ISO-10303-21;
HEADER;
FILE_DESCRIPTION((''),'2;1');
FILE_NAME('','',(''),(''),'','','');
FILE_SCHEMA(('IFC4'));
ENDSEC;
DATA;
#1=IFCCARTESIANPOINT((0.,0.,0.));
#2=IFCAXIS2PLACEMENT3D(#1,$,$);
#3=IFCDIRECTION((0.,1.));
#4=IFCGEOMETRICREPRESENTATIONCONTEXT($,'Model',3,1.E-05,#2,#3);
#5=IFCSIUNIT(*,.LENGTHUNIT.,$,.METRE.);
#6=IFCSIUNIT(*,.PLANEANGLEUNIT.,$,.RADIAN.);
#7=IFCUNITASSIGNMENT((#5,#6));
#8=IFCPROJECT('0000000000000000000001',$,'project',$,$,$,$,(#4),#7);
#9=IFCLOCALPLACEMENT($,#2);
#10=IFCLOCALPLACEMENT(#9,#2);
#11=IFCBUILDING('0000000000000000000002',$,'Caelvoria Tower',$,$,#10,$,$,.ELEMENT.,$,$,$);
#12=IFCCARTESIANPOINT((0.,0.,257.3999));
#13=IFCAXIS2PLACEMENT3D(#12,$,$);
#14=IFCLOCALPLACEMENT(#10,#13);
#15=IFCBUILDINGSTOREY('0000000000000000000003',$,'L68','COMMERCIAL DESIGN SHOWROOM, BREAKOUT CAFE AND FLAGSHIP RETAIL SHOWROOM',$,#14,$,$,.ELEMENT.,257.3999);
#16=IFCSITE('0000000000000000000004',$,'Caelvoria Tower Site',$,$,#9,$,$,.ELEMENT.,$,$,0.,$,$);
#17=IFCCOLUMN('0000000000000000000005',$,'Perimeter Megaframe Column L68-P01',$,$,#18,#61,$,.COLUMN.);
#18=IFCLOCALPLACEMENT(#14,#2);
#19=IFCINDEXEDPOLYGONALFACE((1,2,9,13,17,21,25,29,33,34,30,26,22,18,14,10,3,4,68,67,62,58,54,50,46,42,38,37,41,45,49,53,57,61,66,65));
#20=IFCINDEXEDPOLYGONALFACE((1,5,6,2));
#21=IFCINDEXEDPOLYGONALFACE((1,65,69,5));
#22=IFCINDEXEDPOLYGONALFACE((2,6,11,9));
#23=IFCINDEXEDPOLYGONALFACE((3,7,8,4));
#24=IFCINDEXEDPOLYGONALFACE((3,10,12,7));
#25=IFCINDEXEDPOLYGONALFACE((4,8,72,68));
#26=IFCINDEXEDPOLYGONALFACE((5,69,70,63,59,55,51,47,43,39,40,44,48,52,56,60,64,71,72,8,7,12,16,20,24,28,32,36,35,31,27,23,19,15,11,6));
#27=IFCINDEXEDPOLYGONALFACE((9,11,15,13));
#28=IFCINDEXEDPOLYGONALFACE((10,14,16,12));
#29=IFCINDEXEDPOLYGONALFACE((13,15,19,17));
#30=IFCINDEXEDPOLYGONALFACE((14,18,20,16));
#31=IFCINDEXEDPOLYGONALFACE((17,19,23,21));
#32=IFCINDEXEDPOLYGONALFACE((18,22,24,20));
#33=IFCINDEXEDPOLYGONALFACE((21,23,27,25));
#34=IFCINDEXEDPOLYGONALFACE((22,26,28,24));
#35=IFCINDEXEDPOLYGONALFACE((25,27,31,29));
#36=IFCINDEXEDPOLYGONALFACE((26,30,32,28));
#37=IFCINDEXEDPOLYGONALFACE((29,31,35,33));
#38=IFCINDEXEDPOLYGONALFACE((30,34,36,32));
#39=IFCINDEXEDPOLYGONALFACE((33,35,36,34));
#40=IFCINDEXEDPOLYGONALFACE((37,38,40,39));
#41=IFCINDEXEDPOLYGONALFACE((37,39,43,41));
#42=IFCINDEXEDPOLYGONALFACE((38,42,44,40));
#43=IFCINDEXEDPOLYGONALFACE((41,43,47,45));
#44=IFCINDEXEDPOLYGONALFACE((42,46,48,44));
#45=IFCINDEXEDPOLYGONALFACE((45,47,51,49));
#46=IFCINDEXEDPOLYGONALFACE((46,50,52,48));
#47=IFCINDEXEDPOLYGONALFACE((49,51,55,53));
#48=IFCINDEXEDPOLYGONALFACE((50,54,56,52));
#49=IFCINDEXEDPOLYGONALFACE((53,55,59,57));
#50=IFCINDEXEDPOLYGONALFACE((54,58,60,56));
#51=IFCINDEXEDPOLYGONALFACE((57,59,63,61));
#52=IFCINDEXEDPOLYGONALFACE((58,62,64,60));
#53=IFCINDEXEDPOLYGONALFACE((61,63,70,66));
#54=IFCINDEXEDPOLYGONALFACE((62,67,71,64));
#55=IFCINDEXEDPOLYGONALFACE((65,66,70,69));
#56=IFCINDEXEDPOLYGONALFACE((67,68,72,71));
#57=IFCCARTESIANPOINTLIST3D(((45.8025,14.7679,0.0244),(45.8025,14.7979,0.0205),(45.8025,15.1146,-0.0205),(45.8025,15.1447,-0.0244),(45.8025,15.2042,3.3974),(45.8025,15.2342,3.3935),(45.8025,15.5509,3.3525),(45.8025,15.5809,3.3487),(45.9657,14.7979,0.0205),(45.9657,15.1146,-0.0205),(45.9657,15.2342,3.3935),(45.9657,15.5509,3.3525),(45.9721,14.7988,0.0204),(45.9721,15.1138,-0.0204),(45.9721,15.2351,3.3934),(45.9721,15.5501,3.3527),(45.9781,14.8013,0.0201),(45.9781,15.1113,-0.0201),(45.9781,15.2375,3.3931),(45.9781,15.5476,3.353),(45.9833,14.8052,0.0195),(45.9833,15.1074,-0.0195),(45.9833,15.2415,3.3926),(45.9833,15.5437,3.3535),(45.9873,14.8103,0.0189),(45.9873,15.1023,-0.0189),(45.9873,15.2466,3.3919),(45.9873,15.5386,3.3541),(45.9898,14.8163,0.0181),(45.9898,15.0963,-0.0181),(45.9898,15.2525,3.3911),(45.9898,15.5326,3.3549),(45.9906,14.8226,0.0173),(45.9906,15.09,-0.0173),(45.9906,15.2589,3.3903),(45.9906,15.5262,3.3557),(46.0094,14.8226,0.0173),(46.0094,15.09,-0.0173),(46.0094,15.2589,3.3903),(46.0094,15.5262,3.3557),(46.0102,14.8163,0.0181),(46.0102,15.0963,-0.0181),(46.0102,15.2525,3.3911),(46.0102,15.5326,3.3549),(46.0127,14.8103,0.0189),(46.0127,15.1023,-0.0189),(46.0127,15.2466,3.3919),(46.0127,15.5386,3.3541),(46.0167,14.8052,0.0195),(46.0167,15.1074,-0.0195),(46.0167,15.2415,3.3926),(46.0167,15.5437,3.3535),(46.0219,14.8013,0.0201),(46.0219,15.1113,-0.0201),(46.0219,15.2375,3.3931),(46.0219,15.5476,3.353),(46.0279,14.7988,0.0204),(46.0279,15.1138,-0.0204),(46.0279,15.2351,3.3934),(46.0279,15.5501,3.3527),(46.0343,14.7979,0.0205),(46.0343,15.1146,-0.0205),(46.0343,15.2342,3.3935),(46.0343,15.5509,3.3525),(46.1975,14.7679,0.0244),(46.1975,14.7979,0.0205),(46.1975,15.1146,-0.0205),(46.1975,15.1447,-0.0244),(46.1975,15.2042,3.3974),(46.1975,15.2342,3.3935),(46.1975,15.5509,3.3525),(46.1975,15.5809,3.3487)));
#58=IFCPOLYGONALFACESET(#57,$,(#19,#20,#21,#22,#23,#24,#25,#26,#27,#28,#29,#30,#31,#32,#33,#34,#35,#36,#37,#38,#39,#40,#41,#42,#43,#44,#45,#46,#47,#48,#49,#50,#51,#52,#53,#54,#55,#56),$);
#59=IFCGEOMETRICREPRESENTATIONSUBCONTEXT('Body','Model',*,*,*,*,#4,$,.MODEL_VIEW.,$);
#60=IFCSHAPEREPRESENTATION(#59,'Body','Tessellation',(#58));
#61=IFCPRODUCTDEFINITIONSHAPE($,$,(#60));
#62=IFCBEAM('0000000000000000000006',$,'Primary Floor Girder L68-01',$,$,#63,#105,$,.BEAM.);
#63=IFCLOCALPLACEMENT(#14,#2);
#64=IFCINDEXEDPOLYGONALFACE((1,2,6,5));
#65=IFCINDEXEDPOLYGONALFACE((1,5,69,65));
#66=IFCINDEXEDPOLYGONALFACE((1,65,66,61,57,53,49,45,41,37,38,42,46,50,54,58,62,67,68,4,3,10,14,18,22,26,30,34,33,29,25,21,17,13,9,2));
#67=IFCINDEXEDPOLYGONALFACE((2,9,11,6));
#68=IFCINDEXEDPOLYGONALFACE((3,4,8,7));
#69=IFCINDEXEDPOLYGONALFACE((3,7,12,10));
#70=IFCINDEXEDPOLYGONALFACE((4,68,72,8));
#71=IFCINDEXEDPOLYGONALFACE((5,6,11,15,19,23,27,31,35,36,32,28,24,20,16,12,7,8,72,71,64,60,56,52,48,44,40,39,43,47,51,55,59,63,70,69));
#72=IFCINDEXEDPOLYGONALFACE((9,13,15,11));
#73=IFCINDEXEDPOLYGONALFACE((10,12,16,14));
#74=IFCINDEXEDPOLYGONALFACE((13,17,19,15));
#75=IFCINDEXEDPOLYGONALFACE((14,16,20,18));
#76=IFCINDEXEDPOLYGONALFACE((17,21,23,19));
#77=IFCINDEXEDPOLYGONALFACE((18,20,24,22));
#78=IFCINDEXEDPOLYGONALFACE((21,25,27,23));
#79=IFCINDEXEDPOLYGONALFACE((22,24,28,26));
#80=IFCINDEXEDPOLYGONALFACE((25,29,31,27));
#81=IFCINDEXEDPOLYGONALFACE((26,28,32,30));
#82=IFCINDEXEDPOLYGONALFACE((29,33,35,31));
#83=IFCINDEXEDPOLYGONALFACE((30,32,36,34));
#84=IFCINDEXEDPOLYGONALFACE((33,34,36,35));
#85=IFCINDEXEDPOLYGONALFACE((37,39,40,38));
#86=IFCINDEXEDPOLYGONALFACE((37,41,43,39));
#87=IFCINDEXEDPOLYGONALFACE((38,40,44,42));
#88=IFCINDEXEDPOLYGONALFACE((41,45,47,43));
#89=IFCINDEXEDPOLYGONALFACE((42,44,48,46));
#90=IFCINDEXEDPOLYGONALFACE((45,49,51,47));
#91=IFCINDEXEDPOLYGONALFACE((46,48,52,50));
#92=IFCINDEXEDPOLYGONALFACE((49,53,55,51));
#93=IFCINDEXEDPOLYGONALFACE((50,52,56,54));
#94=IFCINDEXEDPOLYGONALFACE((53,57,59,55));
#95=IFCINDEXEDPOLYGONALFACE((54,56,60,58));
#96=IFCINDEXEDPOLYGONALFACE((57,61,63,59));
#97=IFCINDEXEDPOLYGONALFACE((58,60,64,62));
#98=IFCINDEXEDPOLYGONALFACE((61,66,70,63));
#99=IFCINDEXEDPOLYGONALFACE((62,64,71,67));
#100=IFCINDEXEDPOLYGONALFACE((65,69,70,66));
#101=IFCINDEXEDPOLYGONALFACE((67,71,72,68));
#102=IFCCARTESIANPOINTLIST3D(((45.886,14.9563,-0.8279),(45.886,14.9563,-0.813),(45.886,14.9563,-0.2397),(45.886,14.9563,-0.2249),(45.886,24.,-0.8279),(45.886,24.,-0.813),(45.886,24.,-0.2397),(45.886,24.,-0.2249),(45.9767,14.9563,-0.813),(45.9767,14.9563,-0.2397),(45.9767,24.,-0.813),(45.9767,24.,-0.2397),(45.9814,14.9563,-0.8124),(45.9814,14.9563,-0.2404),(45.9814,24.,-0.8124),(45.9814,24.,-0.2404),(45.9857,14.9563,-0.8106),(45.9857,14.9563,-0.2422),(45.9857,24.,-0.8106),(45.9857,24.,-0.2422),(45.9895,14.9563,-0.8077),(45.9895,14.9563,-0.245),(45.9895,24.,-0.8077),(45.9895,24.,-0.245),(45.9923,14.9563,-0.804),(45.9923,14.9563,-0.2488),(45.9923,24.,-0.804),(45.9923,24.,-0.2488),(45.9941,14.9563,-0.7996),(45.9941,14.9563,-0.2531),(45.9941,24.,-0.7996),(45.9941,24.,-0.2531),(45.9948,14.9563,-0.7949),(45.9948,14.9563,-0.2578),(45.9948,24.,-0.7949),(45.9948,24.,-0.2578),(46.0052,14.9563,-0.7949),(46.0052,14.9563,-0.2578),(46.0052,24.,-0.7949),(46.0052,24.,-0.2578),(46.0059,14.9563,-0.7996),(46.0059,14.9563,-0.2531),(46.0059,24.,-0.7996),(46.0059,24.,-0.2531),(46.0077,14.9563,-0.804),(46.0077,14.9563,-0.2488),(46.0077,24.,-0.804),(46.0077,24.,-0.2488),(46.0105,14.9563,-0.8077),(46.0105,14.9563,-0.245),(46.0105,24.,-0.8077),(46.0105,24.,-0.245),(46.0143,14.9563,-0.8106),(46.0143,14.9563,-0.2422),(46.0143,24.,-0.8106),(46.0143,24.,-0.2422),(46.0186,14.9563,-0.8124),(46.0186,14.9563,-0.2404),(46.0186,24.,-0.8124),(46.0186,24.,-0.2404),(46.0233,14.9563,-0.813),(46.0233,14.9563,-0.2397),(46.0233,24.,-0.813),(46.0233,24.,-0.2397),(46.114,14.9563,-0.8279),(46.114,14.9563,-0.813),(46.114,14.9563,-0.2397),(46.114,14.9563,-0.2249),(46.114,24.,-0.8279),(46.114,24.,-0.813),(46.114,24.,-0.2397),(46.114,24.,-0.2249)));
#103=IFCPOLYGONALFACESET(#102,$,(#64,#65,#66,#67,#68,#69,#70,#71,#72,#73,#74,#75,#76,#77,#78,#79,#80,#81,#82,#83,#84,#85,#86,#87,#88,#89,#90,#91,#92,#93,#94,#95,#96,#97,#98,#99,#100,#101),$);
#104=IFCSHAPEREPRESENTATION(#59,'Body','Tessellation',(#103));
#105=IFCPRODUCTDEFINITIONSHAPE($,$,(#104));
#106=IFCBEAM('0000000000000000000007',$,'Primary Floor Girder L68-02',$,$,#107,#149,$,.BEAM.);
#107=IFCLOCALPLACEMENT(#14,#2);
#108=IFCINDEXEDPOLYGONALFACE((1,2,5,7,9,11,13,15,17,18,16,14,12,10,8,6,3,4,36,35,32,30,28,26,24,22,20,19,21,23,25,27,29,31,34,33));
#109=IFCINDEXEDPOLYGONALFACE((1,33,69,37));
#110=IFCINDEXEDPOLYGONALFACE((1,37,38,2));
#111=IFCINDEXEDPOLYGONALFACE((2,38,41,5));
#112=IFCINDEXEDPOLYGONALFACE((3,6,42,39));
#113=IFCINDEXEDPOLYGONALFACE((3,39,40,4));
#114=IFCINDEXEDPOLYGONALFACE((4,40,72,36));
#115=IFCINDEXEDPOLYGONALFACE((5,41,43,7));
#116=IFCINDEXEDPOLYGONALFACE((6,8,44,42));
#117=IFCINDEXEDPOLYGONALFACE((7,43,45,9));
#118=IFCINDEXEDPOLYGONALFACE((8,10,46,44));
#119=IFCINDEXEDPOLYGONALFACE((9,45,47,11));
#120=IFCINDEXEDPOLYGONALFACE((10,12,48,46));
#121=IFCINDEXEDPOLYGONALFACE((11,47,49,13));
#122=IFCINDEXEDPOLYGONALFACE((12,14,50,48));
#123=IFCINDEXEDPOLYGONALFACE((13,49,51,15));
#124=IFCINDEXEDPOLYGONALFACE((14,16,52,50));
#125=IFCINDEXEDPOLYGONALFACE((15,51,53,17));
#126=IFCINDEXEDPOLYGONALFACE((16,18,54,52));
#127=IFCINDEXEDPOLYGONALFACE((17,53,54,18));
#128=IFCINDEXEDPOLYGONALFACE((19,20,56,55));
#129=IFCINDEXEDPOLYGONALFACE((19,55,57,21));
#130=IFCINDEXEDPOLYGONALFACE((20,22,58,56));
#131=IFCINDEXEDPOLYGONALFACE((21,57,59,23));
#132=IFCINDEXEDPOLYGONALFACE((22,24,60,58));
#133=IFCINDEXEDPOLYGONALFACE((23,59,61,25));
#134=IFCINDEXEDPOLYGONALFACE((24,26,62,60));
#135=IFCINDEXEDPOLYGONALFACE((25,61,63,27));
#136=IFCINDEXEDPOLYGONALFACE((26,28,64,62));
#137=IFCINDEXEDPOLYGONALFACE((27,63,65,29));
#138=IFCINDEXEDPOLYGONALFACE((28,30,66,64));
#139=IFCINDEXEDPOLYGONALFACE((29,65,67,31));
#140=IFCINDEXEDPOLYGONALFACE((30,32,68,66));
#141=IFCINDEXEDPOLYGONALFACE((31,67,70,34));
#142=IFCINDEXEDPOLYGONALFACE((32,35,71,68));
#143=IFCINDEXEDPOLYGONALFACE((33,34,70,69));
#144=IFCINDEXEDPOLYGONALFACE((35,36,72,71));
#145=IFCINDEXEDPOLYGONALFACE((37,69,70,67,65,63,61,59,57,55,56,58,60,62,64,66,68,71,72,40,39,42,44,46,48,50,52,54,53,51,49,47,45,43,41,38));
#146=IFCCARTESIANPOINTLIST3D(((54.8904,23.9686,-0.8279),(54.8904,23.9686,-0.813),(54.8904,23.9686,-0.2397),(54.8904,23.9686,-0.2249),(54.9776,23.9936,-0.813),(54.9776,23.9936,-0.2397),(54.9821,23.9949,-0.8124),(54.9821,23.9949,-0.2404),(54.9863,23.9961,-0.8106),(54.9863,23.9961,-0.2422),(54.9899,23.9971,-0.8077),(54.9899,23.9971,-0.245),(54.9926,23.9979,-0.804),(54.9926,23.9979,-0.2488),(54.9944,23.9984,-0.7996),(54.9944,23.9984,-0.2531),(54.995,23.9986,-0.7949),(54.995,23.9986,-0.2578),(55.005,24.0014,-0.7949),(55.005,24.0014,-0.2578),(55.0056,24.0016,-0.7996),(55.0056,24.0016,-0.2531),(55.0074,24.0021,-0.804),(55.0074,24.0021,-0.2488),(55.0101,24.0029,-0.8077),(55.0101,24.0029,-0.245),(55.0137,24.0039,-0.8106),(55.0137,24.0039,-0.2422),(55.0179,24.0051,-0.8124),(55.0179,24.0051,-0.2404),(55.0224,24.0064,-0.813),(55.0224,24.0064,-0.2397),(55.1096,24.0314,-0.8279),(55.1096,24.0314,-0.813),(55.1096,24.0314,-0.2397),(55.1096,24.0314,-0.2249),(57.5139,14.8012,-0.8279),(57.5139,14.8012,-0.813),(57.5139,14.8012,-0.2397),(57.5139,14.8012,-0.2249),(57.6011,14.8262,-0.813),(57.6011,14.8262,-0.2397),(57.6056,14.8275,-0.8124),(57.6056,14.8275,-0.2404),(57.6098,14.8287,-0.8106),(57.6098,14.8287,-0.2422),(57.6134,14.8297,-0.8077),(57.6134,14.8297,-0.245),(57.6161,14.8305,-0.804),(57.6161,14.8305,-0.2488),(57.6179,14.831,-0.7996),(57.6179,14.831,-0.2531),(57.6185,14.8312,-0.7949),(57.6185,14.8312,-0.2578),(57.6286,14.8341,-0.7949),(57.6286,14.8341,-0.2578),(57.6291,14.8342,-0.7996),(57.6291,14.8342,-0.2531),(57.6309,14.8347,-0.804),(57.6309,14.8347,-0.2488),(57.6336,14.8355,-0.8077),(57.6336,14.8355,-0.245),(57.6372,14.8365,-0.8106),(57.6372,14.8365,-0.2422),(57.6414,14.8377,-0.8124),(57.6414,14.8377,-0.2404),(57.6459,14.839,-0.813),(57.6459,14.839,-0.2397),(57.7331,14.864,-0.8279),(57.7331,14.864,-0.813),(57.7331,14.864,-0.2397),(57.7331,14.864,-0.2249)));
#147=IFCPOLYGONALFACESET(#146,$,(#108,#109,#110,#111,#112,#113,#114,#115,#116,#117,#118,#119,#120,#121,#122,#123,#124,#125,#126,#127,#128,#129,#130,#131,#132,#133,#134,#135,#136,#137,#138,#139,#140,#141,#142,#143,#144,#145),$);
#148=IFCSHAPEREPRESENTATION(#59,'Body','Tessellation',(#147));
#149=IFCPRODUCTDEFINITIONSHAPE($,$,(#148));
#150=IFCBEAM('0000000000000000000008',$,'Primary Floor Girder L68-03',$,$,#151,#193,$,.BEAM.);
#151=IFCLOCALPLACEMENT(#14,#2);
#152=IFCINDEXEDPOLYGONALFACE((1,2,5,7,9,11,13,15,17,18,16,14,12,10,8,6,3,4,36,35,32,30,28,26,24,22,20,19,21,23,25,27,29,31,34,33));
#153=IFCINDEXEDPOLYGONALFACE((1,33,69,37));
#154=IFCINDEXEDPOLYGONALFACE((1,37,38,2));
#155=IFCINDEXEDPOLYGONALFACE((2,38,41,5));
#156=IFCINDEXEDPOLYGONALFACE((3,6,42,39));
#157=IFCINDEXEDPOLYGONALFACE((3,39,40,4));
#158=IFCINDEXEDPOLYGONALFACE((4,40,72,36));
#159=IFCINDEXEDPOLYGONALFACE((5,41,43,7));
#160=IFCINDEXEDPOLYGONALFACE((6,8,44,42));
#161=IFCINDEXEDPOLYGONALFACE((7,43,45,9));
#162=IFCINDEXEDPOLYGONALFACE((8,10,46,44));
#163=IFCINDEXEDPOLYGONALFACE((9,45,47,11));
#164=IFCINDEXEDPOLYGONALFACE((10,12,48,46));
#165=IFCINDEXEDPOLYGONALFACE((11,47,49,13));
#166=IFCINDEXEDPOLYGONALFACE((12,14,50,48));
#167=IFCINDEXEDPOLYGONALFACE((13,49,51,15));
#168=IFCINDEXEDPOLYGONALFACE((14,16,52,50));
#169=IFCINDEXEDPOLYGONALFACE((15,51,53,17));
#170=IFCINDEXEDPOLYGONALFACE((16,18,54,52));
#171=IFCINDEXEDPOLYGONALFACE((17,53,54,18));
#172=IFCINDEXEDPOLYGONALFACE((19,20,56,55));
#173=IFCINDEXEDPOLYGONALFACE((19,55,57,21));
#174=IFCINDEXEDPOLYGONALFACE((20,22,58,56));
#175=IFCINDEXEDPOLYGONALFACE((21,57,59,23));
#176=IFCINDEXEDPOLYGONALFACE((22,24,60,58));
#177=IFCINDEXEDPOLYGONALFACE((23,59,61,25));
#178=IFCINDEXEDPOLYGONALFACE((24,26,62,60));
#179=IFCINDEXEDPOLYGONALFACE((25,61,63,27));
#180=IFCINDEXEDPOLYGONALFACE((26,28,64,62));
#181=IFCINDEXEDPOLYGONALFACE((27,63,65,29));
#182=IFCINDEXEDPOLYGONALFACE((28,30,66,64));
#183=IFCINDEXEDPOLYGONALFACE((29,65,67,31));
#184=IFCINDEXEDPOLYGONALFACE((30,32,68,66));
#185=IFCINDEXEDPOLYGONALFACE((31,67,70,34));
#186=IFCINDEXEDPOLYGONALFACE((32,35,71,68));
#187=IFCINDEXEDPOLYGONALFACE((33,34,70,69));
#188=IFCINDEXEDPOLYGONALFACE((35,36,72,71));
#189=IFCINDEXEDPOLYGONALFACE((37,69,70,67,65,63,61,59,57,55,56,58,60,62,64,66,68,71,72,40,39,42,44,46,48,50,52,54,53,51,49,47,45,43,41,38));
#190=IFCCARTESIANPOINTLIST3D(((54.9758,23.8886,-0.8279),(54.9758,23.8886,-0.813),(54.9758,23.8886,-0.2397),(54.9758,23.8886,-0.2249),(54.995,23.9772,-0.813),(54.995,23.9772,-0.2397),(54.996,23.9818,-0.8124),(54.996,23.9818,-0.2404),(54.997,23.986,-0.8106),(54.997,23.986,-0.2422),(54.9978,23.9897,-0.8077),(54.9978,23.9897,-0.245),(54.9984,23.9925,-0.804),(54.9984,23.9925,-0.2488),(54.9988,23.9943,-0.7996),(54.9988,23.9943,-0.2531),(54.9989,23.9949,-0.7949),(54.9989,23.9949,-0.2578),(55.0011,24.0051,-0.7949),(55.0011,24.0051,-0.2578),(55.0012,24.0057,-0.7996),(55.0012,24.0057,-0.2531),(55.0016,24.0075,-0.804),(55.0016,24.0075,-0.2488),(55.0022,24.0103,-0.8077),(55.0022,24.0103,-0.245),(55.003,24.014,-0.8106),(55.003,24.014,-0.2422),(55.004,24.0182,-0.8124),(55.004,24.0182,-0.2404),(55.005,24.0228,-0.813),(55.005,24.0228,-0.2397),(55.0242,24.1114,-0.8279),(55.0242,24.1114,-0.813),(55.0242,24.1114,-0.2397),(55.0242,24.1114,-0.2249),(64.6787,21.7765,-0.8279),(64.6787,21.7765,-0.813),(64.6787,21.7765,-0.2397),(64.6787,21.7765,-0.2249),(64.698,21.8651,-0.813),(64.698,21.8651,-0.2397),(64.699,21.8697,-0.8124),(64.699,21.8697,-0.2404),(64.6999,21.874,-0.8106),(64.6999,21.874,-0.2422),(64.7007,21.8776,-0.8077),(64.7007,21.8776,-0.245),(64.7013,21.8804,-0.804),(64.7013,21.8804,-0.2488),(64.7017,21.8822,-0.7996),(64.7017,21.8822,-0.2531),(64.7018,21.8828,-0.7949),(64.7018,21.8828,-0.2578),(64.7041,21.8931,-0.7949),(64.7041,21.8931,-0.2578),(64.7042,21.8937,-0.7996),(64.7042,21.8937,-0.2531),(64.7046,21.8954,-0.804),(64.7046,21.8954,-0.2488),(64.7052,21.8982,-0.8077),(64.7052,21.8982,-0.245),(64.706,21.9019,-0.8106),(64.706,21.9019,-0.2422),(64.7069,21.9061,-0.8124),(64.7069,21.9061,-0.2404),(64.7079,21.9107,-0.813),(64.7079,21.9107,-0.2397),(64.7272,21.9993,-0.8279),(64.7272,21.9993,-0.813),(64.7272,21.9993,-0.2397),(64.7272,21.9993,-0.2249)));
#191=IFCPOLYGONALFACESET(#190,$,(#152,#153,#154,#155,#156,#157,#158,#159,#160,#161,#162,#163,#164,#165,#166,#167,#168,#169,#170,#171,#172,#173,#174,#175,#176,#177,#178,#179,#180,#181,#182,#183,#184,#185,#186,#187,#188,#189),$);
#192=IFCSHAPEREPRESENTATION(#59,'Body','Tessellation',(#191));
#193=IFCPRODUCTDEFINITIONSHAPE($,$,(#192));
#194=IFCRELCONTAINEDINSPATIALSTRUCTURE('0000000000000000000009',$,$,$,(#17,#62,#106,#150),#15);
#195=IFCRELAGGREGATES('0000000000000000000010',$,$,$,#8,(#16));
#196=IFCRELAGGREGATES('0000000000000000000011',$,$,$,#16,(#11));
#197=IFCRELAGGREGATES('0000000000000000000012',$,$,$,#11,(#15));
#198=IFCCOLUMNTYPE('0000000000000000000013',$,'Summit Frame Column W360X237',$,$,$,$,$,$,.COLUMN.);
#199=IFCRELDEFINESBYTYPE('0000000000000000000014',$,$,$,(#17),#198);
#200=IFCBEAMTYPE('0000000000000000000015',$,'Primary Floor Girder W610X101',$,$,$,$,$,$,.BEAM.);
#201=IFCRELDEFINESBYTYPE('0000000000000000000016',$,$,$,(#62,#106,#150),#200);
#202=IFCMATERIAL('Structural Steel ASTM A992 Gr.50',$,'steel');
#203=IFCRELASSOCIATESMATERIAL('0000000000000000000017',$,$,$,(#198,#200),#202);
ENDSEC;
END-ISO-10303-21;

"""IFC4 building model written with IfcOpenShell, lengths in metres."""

from ifc_helpers import new_model, si_unit, direction, frame, origin, origin_2d, place, context, subcontext, project, spatial, i_section, extrude, material, material_profile, profile_set, type_object, element, save


model = new_model("IFC4")

# Units and contexts
model_context = context("Model", 3, precision=1e-05, world=origin(), true_north=direction((0.0, 1.0)))
body_context = subcontext(model_context, "Body", "Model", "MODEL_VIEW")
ifc_project = project(units=[si_unit("LENGTHUNIT", "METRE"), si_unit("PLANEANGLEUNIT", "RADIAN")], contexts=[model_context])

# Site, building, storey
site_placement = place(None, origin())
site = spatial("IfcSite", under=ifc_project, at=site_placement, Name="Caelvoria Tower Site", CompositionType="ELEMENT", RefElevation=0.0)
building_placement = place(site_placement, origin())
building = spatial("IfcBuilding", under=site, at=building_placement, Name="Caelvoria Tower", CompositionType="ELEMENT")
storey_placement = place(building_placement, frame((0.0, 0.0, 257.3999)))
storey = spatial("IfcBuildingStorey", under=building, at=storey_placement, Name="L68", Description="COMMERCIAL DESIGN SHOWROOM, BREAKOUT CAFE AND FLAGSHIP RETAIL SHOWROOM", CompositionType="ELEMENT", Elevation=257.3999)

# Column
ifc_material_1 = material(Name="Structural Steel ASTM A992 Gr.50", Category="steel")
ifc_material_profile_1 = material_profile(ifc_material_1, i_section(OverallWidth=0.395, OverallDepth=0.3799, WebThickness=0.0188, FlangeThickness=0.0303, FilletRadius=0.0249, at=origin_2d()), Name="Structural Steel ASTM A992 Gr.50")
ifc_profile_set_1 = profile_set([ifc_material_profile_1], Name="W360X237 - Structural Steel ASTM A992 Gr.50")
column_type = type_object("IfcColumnType", Name="Summit Frame Column W360X237", PredefinedType="COLUMN", material=ifc_profile_set_1)
column_placement = place(storey_placement, frame((46.0, 14.9563, 0.0), z_axis=(0.0, 0.128274, 0.991739), x_axis=(-1.0, 0.0, 0.0)))
element("IfcColumn", 1, at=column_placement, inside=storey, type_object=column_type, Name="Perimeter Megaframe Column L68-P01", PredefinedType="COLUMN", context=body_context, shape_type="SweptSolid", body=[
    extrude(i_section(OverallWidth=0.395, OverallDepth=0.3799, WebThickness=0.0188, FlangeThickness=0.0303, FilletRadius=0.0249, at=origin_2d()), origin(), (0.0, 0.0, 1.0), 3.4011),
])

# Beams
ifc_material_profile_2 = material_profile(ifc_material_1, i_section(OverallWidth=0.228, OverallDepth=0.603, WebThickness=0.0105, FlangeThickness=0.0149, FilletRadius=0.0181, at=origin_2d()), Name="Structural Steel ASTM A992 Gr.50")
ifc_profile_set_2 = profile_set([ifc_material_profile_2], Name="W610X101 - Structural Steel ASTM A992 Gr.50")
beam_type_1 = type_object("IfcBeamType", Name="Primary Floor Girder W610X101", PredefinedType="BEAM", material=ifc_profile_set_2)
beam_1_placement = place(storey_placement, frame((46.0, 24.0, -0.5264), z_axis=(0.0, -1.0, 0.0), x_axis=(1.0, 0.0, 0.0)))
element("IfcBeam", 2, at=beam_1_placement, inside=storey, type_object=beam_type_1, Name="Primary Floor Girder L68-01", PredefinedType="BEAM", context=body_context, shape_type="SweptSolid", body=[
    extrude(i_section(OverallWidth=0.228, OverallDepth=0.603, WebThickness=0.0105, FlangeThickness=0.0149, FilletRadius=0.0181, at=origin_2d()), origin(), (0.0, 0.0, 1.0), 9.0437),
])
beam_2_placement = place(storey_placement, frame((55.0, 24.0, -0.5264), z_axis=(0.275134, -0.961406, 0.0), x_axis=(0.961406, 0.275134, 0.0)))
element("IfcBeam", 3, at=beam_2_placement, inside=storey, type_object=beam_type_1, Name="Primary Floor Girder L68-02", PredefinedType="BEAM", context=body_context, shape_type="SweptSolid", body=[
    extrude(i_section(OverallWidth=0.228, OverallDepth=0.603, WebThickness=0.0105, FlangeThickness=0.0149, FilletRadius=0.0181, at=origin_2d()), origin(), (0.0, 0.0, 1.0), 9.5354),
])
beam_3_placement = place(storey_placement, frame((55.0, 24.0, -0.5264), z_axis=(0.977119, -0.212693, 0.0), x_axis=(0.212693, 0.977119, 0.0)))
element("IfcBeam", 4, at=beam_3_placement, inside=storey, type_object=beam_type_1, Name="Primary Floor Girder L68-03", PredefinedType="BEAM", context=body_context, shape_type="SweptSolid", body=[
    extrude(i_section(OverallWidth=0.228, OverallDepth=0.603, WebThickness=0.0105, FlangeThickness=0.0149, FilletRadius=0.0181, at=origin_2d()), origin(), (0.0, 0.0, 1.0), 9.9302),
])

save(model, "model.ifc")
